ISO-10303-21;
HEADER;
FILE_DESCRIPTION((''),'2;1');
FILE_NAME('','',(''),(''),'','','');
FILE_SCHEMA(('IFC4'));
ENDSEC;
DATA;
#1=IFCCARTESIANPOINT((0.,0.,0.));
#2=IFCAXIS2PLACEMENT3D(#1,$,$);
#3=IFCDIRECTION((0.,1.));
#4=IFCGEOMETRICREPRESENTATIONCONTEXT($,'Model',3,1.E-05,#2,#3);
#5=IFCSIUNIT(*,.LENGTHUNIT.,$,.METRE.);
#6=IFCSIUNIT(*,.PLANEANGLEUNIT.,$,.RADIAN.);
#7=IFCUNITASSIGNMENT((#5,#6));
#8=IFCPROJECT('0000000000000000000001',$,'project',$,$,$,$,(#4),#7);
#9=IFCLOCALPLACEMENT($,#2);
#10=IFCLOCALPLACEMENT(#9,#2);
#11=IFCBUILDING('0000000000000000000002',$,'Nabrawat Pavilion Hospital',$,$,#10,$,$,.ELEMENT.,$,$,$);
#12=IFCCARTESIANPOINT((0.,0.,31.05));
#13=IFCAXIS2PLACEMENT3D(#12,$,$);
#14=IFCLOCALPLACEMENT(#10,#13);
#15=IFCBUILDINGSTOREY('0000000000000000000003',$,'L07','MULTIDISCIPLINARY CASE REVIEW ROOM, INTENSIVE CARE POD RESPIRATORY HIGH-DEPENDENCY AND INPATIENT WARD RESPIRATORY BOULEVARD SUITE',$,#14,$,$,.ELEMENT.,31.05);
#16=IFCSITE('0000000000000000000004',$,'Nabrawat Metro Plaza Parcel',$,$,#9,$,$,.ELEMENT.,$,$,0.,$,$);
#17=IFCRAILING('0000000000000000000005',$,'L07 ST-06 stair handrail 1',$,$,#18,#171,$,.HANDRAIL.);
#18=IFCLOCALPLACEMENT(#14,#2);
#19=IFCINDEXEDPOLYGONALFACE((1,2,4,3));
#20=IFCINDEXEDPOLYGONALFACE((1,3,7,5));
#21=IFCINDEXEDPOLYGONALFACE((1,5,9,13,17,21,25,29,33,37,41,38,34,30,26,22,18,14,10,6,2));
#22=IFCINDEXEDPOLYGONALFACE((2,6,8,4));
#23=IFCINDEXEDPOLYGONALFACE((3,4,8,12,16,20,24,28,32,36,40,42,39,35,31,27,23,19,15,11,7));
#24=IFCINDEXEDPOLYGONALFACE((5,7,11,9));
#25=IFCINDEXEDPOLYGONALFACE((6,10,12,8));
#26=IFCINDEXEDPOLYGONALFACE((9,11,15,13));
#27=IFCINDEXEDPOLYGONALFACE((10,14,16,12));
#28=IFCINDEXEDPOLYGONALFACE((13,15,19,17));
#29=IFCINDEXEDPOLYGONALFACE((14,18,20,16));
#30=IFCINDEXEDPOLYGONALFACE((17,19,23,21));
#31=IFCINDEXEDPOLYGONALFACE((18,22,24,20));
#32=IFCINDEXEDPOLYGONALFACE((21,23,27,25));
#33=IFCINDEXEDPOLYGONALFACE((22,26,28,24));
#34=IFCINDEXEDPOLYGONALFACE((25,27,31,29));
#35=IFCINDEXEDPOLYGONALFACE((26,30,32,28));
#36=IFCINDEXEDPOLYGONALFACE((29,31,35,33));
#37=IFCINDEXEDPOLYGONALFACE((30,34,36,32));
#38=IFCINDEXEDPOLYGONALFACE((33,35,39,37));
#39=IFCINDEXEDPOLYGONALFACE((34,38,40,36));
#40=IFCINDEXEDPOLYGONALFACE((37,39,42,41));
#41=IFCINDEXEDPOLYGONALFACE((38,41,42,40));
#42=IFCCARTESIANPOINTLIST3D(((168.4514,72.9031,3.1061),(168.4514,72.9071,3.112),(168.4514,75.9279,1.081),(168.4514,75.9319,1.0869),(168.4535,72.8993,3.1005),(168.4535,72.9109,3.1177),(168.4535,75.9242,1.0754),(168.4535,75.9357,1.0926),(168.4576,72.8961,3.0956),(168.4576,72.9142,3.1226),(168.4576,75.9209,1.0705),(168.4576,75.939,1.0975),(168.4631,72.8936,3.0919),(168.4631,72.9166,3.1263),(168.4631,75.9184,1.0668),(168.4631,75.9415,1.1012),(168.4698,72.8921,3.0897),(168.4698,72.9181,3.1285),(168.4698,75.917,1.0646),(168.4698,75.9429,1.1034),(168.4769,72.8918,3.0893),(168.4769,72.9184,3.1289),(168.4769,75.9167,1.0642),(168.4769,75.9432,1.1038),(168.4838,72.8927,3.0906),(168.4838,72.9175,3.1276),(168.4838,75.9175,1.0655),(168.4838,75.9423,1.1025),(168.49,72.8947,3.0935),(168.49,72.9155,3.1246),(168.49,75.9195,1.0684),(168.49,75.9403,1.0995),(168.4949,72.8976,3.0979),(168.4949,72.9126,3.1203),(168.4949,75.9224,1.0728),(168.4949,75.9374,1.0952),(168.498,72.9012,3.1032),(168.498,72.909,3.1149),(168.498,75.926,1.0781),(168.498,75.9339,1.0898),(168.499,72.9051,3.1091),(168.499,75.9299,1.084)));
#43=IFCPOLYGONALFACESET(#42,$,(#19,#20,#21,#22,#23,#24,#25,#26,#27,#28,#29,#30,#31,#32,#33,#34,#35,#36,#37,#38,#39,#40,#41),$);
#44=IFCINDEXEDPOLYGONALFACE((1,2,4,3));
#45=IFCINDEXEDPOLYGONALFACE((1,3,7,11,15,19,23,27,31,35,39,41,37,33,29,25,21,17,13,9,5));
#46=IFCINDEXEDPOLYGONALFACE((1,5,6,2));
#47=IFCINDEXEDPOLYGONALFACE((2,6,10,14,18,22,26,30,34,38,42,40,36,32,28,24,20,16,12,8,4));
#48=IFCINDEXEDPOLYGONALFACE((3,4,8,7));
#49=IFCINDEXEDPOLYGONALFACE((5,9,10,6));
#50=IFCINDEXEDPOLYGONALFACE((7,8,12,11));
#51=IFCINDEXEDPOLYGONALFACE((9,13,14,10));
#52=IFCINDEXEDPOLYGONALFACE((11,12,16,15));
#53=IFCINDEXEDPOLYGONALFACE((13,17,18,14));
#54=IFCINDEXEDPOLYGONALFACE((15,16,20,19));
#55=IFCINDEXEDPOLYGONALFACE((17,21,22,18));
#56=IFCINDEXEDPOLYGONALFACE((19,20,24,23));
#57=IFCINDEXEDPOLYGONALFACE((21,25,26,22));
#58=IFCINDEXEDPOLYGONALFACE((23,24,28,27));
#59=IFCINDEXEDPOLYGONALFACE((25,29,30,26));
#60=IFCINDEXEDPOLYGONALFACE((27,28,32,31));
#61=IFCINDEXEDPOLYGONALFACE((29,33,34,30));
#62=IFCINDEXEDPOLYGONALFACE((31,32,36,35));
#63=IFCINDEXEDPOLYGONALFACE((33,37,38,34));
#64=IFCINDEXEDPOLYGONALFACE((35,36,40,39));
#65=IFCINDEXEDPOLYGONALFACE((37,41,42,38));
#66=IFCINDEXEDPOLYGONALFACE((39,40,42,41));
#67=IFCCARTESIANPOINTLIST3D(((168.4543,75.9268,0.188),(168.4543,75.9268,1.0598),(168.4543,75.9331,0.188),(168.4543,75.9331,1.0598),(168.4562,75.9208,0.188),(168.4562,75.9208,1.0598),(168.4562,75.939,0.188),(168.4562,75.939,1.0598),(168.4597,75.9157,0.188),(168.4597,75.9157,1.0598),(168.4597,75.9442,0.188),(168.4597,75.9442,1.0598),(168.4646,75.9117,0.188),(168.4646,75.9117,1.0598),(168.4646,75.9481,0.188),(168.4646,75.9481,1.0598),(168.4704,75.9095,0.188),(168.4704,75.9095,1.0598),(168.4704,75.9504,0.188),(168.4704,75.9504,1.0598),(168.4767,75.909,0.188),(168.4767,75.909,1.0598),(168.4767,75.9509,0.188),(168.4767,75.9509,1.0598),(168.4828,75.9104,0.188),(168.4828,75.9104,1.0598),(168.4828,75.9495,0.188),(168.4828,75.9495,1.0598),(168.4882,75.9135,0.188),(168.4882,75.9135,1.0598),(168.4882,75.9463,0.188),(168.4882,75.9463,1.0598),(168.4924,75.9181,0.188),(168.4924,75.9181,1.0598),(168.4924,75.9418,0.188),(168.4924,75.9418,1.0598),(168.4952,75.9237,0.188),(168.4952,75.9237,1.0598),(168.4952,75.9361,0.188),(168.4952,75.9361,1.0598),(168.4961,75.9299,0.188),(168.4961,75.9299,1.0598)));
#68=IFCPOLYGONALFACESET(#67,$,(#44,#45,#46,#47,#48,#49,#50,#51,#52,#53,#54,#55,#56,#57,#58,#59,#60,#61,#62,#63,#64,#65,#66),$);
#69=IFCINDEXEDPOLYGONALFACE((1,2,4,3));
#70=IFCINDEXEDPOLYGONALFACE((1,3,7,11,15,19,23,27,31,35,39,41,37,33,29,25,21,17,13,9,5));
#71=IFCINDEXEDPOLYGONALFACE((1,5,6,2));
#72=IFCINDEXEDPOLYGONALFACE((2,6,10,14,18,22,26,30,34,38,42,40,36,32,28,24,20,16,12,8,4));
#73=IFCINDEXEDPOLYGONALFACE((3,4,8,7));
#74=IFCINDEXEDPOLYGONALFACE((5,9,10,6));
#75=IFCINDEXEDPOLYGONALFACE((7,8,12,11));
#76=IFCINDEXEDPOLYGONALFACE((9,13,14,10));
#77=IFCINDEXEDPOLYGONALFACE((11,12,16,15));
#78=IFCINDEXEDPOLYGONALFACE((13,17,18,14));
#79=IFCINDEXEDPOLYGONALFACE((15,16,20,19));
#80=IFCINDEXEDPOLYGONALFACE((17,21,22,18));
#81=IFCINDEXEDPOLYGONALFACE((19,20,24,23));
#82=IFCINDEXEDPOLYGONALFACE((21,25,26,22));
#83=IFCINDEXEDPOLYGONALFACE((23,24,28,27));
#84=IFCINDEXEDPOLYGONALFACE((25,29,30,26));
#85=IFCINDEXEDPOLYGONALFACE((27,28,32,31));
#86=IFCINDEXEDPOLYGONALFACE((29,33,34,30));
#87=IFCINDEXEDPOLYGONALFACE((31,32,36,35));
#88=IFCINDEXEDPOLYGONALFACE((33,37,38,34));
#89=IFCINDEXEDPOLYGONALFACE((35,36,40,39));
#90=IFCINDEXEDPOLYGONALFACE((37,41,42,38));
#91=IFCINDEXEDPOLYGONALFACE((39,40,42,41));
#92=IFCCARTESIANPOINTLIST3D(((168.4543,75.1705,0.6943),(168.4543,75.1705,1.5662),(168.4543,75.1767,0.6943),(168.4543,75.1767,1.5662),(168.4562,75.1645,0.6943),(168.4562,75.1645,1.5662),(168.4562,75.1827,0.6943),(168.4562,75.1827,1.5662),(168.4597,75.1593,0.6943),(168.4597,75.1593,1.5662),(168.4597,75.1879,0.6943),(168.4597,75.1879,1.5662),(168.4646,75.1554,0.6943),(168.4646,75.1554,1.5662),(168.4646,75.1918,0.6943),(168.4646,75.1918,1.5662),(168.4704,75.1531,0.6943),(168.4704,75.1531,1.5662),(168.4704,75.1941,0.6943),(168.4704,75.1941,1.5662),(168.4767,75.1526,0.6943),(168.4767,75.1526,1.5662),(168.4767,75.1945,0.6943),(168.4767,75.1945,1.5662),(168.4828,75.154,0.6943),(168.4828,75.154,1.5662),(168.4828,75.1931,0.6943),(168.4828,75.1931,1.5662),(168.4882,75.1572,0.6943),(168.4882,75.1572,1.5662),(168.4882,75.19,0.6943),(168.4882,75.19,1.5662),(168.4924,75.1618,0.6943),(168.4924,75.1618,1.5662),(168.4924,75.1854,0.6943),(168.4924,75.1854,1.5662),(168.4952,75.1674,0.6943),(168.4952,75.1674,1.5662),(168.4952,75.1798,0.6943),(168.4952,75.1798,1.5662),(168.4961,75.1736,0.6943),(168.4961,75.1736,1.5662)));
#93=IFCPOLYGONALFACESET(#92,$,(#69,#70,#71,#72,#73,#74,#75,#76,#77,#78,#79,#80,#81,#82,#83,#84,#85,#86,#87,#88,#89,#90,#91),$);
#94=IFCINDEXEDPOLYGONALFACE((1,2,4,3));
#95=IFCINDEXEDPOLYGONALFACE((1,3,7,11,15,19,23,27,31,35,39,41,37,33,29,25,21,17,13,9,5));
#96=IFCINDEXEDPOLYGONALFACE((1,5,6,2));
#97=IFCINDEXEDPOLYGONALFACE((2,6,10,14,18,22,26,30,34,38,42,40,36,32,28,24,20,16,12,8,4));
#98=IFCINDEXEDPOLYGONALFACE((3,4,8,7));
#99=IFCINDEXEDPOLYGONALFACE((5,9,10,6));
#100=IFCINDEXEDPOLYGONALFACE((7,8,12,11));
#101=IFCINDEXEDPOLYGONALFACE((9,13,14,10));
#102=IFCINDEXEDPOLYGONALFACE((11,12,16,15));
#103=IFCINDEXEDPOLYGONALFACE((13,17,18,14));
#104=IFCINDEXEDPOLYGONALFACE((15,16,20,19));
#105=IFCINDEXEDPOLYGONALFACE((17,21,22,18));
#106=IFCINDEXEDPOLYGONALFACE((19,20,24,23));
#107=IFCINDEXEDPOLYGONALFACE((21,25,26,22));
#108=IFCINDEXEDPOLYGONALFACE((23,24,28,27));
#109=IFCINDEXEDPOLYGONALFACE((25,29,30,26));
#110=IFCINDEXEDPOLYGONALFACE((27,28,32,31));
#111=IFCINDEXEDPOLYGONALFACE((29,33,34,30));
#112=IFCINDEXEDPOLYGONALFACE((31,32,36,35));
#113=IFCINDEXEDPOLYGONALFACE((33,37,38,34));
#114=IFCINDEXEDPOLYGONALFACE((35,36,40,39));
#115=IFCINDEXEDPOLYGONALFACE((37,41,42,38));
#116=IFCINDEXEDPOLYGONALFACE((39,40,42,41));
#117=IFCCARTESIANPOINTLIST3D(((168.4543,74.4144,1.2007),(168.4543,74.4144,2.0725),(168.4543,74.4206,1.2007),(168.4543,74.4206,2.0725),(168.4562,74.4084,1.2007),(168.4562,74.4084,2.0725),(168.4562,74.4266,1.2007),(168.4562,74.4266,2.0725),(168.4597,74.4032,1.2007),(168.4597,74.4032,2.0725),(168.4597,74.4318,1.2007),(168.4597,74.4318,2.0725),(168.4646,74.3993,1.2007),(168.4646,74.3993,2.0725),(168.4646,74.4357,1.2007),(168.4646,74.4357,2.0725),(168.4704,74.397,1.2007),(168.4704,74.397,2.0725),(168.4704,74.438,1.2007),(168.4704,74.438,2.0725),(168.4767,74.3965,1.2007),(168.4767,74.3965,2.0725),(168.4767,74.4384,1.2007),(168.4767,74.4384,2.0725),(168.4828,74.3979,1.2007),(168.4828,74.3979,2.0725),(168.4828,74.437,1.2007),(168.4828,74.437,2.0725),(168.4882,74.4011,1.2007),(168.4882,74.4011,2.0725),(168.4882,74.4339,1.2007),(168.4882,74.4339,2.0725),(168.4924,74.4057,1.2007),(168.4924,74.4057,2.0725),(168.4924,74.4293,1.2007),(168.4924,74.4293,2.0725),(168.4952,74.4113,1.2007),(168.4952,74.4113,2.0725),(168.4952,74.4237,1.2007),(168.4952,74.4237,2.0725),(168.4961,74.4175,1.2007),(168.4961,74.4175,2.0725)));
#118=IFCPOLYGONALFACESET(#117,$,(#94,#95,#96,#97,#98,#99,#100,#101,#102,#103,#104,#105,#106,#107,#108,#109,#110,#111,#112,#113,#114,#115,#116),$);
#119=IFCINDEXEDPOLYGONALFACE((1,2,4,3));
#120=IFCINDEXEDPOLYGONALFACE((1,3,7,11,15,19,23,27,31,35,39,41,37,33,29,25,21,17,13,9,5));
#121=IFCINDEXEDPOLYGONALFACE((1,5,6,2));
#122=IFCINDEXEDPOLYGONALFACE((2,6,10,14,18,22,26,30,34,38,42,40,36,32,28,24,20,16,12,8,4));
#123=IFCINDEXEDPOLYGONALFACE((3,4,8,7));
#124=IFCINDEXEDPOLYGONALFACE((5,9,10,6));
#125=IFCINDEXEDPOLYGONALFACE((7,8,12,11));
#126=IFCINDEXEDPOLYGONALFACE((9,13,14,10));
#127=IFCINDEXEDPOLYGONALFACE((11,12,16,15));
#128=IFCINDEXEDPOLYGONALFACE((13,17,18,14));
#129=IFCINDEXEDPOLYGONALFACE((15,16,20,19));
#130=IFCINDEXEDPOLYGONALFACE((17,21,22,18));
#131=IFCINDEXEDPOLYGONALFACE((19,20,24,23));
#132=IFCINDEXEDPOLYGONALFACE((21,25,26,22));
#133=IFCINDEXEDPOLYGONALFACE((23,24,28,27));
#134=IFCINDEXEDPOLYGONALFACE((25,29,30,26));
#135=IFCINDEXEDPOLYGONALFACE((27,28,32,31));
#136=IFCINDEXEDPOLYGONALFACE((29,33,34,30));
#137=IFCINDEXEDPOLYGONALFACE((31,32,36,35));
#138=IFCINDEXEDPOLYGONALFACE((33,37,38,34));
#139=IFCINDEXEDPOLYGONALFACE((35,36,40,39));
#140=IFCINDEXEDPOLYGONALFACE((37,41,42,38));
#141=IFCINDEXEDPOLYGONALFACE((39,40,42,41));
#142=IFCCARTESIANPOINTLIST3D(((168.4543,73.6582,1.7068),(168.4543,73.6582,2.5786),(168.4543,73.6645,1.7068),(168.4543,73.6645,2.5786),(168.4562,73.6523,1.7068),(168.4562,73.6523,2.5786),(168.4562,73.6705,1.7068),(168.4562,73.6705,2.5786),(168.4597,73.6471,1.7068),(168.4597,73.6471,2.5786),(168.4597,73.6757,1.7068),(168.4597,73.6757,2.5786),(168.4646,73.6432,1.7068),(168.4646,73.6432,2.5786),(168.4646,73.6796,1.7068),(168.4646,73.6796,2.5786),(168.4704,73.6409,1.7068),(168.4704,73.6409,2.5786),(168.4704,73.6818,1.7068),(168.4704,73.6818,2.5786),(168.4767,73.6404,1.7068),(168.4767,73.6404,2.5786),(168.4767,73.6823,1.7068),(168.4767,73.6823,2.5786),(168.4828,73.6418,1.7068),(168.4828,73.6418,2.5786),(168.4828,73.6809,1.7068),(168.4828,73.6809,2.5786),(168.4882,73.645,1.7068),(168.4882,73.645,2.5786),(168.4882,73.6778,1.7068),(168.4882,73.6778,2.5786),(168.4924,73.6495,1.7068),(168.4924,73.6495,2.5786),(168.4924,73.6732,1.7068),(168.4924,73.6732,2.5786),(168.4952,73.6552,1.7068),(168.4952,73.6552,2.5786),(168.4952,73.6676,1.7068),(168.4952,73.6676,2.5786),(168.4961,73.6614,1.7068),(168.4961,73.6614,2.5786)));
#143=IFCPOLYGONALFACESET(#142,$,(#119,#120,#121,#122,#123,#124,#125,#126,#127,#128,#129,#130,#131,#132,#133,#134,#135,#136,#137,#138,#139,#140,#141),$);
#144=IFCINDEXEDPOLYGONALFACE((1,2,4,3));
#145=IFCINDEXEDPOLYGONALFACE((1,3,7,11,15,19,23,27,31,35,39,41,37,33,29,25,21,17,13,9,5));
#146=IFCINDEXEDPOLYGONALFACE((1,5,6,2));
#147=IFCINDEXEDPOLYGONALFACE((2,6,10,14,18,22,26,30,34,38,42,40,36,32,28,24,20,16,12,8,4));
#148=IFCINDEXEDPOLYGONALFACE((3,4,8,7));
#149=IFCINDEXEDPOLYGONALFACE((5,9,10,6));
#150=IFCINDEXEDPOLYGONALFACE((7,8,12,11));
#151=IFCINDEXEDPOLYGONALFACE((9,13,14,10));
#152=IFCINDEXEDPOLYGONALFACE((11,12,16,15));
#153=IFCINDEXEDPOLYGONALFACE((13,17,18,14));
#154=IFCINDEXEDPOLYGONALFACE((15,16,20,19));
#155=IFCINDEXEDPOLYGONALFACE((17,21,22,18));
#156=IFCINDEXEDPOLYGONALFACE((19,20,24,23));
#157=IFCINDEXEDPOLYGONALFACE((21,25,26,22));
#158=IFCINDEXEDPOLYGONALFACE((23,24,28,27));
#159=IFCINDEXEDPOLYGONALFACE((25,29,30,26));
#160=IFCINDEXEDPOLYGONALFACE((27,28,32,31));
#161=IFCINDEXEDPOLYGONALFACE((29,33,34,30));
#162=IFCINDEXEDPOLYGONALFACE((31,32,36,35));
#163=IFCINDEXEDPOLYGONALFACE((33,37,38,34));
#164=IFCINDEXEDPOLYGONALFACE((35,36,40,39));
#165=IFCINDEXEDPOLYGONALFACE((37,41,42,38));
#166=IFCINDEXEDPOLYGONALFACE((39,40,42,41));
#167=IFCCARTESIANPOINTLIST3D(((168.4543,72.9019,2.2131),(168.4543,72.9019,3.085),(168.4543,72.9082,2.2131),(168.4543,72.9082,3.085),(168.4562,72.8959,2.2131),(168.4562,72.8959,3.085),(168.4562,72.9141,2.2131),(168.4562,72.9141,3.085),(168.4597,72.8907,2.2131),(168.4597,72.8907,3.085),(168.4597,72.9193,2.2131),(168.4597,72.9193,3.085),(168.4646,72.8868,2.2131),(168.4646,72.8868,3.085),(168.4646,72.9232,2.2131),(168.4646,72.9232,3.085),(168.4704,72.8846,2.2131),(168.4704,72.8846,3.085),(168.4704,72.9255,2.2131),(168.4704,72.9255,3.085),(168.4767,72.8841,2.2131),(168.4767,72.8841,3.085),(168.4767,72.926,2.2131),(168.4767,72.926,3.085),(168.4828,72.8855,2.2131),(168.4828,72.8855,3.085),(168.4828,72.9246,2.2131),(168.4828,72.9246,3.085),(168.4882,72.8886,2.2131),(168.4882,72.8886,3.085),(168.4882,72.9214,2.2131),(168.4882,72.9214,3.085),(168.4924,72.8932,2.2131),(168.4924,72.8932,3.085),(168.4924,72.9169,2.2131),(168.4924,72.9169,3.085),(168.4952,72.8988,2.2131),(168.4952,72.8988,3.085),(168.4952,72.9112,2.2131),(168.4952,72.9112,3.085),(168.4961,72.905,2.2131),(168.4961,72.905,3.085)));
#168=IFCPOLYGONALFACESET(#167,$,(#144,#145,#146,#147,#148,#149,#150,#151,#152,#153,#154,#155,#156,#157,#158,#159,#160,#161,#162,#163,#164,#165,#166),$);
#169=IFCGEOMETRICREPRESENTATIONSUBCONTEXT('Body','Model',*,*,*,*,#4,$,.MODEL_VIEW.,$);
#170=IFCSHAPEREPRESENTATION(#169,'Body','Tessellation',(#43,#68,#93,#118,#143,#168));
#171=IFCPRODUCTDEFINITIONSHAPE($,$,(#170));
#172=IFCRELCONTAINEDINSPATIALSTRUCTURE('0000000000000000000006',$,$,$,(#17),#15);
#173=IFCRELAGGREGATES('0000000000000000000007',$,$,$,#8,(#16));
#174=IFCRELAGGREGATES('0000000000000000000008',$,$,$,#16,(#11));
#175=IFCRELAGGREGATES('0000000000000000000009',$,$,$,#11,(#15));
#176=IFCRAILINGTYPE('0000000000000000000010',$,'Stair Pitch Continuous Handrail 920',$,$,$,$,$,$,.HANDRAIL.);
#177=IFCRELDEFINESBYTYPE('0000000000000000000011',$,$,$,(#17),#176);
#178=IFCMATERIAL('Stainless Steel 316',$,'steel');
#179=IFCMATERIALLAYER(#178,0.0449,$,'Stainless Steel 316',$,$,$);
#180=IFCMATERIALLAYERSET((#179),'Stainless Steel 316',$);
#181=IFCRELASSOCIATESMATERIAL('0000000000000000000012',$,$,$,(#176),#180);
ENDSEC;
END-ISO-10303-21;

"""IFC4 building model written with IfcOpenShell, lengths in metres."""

from ifc_helpers import new_model, si_unit, direction, frame, origin, origin_2d, place, context, subcontext, project, spatial, circle, extrude, material, layer, layer_set, type_object, element, save


model = new_model("IFC4")

# Units and contexts
model_context = context("Model", 3, precision=1e-05, world=origin(), true_north=direction((0.0, 1.0)))
body_context = subcontext(model_context, "Body", "Model", "MODEL_VIEW")
ifc_project = project(units=[si_unit("LENGTHUNIT", "METRE"), si_unit("PLANEANGLEUNIT", "RADIAN")], contexts=[model_context])

# Site, building, storey
site_placement = place(None, origin())
site = spatial("IfcSite", under=ifc_project, at=site_placement, Name="Nabrawat Metro Plaza Parcel", CompositionType="ELEMENT", RefElevation=0.0)
building_placement = place(site_placement, origin())
building = spatial("IfcBuilding", under=site, at=building_placement, Name="Nabrawat Pavilion Hospital", CompositionType="ELEMENT")
storey_placement = place(building_placement, frame((0.0, 0.0, 31.05)))
storey = spatial("IfcBuildingStorey", under=building, at=storey_placement, Name="L07", Description="MULTIDISCIPLINARY CASE REVIEW ROOM, INTENSIVE CARE POD RESPIRATORY HIGH-DEPENDENCY AND INPATIENT WARD RESPIRATORY BOULEVARD SUITE", CompositionType="ELEMENT", Elevation=31.05)

# Railing
ifc_material_1 = material(Name="Stainless Steel 316", Category="steel")
ifc_layer_1 = layer(ifc_material_1, 0.0449, Name="Stainless Steel 316")
ifc_layer_set_1 = layer_set([ifc_layer_1], Name="Stainless Steel 316")
railing_type_1 = type_object("IfcRailingType", Name="Stair Pitch Continuous Handrail 920", PredefinedType="HANDRAIL", material=ifc_layer_set_1)
railing_1_placement = place(storey_placement, frame((168.4751, 75.9299, 0.188)))
element("IfcRailing", 1, at=railing_1_placement, inside=storey, type_object=railing_type_1, Name="L07 ST-06 stair handrail 1", PredefinedType="HANDRAIL", context=body_context, shape_type="SweptSolid", body=[
    extrude(circle(Radius=0.0239, at=origin_2d()), frame((0.0, 0.0, 0.896), z_axis=(0.0, -0.830965, 0.556324), x_axis=(1.0, 0.0, 0.0)), (0.0, 0.0, 1.0), 3.6401),
    extrude(circle(Radius=0.021, at=origin_2d()), origin(), (0.0, 0.0, 1.0), 0.8718),
    extrude(circle(Radius=0.021, at=origin_2d()), frame((0.0, -0.7563, 0.5063)), (0.0, 0.0, 1.0), 0.8718),
    extrude(circle(Radius=0.021, at=origin_2d()), frame((0.0, -1.5125, 1.0127)), (0.0, 0.0, 1.0), 0.8718),
    extrude(circle(Radius=0.021, at=origin_2d()), frame((0.0, -2.2686, 1.5188)), (0.0, 0.0, 1.0), 0.8718),
    extrude(circle(Radius=0.021, at=origin_2d()), frame((0.0, -3.0249, 2.0251)), (0.0, 0.0, 1.0), 0.8718),
])

save(model, "model.ifc")
